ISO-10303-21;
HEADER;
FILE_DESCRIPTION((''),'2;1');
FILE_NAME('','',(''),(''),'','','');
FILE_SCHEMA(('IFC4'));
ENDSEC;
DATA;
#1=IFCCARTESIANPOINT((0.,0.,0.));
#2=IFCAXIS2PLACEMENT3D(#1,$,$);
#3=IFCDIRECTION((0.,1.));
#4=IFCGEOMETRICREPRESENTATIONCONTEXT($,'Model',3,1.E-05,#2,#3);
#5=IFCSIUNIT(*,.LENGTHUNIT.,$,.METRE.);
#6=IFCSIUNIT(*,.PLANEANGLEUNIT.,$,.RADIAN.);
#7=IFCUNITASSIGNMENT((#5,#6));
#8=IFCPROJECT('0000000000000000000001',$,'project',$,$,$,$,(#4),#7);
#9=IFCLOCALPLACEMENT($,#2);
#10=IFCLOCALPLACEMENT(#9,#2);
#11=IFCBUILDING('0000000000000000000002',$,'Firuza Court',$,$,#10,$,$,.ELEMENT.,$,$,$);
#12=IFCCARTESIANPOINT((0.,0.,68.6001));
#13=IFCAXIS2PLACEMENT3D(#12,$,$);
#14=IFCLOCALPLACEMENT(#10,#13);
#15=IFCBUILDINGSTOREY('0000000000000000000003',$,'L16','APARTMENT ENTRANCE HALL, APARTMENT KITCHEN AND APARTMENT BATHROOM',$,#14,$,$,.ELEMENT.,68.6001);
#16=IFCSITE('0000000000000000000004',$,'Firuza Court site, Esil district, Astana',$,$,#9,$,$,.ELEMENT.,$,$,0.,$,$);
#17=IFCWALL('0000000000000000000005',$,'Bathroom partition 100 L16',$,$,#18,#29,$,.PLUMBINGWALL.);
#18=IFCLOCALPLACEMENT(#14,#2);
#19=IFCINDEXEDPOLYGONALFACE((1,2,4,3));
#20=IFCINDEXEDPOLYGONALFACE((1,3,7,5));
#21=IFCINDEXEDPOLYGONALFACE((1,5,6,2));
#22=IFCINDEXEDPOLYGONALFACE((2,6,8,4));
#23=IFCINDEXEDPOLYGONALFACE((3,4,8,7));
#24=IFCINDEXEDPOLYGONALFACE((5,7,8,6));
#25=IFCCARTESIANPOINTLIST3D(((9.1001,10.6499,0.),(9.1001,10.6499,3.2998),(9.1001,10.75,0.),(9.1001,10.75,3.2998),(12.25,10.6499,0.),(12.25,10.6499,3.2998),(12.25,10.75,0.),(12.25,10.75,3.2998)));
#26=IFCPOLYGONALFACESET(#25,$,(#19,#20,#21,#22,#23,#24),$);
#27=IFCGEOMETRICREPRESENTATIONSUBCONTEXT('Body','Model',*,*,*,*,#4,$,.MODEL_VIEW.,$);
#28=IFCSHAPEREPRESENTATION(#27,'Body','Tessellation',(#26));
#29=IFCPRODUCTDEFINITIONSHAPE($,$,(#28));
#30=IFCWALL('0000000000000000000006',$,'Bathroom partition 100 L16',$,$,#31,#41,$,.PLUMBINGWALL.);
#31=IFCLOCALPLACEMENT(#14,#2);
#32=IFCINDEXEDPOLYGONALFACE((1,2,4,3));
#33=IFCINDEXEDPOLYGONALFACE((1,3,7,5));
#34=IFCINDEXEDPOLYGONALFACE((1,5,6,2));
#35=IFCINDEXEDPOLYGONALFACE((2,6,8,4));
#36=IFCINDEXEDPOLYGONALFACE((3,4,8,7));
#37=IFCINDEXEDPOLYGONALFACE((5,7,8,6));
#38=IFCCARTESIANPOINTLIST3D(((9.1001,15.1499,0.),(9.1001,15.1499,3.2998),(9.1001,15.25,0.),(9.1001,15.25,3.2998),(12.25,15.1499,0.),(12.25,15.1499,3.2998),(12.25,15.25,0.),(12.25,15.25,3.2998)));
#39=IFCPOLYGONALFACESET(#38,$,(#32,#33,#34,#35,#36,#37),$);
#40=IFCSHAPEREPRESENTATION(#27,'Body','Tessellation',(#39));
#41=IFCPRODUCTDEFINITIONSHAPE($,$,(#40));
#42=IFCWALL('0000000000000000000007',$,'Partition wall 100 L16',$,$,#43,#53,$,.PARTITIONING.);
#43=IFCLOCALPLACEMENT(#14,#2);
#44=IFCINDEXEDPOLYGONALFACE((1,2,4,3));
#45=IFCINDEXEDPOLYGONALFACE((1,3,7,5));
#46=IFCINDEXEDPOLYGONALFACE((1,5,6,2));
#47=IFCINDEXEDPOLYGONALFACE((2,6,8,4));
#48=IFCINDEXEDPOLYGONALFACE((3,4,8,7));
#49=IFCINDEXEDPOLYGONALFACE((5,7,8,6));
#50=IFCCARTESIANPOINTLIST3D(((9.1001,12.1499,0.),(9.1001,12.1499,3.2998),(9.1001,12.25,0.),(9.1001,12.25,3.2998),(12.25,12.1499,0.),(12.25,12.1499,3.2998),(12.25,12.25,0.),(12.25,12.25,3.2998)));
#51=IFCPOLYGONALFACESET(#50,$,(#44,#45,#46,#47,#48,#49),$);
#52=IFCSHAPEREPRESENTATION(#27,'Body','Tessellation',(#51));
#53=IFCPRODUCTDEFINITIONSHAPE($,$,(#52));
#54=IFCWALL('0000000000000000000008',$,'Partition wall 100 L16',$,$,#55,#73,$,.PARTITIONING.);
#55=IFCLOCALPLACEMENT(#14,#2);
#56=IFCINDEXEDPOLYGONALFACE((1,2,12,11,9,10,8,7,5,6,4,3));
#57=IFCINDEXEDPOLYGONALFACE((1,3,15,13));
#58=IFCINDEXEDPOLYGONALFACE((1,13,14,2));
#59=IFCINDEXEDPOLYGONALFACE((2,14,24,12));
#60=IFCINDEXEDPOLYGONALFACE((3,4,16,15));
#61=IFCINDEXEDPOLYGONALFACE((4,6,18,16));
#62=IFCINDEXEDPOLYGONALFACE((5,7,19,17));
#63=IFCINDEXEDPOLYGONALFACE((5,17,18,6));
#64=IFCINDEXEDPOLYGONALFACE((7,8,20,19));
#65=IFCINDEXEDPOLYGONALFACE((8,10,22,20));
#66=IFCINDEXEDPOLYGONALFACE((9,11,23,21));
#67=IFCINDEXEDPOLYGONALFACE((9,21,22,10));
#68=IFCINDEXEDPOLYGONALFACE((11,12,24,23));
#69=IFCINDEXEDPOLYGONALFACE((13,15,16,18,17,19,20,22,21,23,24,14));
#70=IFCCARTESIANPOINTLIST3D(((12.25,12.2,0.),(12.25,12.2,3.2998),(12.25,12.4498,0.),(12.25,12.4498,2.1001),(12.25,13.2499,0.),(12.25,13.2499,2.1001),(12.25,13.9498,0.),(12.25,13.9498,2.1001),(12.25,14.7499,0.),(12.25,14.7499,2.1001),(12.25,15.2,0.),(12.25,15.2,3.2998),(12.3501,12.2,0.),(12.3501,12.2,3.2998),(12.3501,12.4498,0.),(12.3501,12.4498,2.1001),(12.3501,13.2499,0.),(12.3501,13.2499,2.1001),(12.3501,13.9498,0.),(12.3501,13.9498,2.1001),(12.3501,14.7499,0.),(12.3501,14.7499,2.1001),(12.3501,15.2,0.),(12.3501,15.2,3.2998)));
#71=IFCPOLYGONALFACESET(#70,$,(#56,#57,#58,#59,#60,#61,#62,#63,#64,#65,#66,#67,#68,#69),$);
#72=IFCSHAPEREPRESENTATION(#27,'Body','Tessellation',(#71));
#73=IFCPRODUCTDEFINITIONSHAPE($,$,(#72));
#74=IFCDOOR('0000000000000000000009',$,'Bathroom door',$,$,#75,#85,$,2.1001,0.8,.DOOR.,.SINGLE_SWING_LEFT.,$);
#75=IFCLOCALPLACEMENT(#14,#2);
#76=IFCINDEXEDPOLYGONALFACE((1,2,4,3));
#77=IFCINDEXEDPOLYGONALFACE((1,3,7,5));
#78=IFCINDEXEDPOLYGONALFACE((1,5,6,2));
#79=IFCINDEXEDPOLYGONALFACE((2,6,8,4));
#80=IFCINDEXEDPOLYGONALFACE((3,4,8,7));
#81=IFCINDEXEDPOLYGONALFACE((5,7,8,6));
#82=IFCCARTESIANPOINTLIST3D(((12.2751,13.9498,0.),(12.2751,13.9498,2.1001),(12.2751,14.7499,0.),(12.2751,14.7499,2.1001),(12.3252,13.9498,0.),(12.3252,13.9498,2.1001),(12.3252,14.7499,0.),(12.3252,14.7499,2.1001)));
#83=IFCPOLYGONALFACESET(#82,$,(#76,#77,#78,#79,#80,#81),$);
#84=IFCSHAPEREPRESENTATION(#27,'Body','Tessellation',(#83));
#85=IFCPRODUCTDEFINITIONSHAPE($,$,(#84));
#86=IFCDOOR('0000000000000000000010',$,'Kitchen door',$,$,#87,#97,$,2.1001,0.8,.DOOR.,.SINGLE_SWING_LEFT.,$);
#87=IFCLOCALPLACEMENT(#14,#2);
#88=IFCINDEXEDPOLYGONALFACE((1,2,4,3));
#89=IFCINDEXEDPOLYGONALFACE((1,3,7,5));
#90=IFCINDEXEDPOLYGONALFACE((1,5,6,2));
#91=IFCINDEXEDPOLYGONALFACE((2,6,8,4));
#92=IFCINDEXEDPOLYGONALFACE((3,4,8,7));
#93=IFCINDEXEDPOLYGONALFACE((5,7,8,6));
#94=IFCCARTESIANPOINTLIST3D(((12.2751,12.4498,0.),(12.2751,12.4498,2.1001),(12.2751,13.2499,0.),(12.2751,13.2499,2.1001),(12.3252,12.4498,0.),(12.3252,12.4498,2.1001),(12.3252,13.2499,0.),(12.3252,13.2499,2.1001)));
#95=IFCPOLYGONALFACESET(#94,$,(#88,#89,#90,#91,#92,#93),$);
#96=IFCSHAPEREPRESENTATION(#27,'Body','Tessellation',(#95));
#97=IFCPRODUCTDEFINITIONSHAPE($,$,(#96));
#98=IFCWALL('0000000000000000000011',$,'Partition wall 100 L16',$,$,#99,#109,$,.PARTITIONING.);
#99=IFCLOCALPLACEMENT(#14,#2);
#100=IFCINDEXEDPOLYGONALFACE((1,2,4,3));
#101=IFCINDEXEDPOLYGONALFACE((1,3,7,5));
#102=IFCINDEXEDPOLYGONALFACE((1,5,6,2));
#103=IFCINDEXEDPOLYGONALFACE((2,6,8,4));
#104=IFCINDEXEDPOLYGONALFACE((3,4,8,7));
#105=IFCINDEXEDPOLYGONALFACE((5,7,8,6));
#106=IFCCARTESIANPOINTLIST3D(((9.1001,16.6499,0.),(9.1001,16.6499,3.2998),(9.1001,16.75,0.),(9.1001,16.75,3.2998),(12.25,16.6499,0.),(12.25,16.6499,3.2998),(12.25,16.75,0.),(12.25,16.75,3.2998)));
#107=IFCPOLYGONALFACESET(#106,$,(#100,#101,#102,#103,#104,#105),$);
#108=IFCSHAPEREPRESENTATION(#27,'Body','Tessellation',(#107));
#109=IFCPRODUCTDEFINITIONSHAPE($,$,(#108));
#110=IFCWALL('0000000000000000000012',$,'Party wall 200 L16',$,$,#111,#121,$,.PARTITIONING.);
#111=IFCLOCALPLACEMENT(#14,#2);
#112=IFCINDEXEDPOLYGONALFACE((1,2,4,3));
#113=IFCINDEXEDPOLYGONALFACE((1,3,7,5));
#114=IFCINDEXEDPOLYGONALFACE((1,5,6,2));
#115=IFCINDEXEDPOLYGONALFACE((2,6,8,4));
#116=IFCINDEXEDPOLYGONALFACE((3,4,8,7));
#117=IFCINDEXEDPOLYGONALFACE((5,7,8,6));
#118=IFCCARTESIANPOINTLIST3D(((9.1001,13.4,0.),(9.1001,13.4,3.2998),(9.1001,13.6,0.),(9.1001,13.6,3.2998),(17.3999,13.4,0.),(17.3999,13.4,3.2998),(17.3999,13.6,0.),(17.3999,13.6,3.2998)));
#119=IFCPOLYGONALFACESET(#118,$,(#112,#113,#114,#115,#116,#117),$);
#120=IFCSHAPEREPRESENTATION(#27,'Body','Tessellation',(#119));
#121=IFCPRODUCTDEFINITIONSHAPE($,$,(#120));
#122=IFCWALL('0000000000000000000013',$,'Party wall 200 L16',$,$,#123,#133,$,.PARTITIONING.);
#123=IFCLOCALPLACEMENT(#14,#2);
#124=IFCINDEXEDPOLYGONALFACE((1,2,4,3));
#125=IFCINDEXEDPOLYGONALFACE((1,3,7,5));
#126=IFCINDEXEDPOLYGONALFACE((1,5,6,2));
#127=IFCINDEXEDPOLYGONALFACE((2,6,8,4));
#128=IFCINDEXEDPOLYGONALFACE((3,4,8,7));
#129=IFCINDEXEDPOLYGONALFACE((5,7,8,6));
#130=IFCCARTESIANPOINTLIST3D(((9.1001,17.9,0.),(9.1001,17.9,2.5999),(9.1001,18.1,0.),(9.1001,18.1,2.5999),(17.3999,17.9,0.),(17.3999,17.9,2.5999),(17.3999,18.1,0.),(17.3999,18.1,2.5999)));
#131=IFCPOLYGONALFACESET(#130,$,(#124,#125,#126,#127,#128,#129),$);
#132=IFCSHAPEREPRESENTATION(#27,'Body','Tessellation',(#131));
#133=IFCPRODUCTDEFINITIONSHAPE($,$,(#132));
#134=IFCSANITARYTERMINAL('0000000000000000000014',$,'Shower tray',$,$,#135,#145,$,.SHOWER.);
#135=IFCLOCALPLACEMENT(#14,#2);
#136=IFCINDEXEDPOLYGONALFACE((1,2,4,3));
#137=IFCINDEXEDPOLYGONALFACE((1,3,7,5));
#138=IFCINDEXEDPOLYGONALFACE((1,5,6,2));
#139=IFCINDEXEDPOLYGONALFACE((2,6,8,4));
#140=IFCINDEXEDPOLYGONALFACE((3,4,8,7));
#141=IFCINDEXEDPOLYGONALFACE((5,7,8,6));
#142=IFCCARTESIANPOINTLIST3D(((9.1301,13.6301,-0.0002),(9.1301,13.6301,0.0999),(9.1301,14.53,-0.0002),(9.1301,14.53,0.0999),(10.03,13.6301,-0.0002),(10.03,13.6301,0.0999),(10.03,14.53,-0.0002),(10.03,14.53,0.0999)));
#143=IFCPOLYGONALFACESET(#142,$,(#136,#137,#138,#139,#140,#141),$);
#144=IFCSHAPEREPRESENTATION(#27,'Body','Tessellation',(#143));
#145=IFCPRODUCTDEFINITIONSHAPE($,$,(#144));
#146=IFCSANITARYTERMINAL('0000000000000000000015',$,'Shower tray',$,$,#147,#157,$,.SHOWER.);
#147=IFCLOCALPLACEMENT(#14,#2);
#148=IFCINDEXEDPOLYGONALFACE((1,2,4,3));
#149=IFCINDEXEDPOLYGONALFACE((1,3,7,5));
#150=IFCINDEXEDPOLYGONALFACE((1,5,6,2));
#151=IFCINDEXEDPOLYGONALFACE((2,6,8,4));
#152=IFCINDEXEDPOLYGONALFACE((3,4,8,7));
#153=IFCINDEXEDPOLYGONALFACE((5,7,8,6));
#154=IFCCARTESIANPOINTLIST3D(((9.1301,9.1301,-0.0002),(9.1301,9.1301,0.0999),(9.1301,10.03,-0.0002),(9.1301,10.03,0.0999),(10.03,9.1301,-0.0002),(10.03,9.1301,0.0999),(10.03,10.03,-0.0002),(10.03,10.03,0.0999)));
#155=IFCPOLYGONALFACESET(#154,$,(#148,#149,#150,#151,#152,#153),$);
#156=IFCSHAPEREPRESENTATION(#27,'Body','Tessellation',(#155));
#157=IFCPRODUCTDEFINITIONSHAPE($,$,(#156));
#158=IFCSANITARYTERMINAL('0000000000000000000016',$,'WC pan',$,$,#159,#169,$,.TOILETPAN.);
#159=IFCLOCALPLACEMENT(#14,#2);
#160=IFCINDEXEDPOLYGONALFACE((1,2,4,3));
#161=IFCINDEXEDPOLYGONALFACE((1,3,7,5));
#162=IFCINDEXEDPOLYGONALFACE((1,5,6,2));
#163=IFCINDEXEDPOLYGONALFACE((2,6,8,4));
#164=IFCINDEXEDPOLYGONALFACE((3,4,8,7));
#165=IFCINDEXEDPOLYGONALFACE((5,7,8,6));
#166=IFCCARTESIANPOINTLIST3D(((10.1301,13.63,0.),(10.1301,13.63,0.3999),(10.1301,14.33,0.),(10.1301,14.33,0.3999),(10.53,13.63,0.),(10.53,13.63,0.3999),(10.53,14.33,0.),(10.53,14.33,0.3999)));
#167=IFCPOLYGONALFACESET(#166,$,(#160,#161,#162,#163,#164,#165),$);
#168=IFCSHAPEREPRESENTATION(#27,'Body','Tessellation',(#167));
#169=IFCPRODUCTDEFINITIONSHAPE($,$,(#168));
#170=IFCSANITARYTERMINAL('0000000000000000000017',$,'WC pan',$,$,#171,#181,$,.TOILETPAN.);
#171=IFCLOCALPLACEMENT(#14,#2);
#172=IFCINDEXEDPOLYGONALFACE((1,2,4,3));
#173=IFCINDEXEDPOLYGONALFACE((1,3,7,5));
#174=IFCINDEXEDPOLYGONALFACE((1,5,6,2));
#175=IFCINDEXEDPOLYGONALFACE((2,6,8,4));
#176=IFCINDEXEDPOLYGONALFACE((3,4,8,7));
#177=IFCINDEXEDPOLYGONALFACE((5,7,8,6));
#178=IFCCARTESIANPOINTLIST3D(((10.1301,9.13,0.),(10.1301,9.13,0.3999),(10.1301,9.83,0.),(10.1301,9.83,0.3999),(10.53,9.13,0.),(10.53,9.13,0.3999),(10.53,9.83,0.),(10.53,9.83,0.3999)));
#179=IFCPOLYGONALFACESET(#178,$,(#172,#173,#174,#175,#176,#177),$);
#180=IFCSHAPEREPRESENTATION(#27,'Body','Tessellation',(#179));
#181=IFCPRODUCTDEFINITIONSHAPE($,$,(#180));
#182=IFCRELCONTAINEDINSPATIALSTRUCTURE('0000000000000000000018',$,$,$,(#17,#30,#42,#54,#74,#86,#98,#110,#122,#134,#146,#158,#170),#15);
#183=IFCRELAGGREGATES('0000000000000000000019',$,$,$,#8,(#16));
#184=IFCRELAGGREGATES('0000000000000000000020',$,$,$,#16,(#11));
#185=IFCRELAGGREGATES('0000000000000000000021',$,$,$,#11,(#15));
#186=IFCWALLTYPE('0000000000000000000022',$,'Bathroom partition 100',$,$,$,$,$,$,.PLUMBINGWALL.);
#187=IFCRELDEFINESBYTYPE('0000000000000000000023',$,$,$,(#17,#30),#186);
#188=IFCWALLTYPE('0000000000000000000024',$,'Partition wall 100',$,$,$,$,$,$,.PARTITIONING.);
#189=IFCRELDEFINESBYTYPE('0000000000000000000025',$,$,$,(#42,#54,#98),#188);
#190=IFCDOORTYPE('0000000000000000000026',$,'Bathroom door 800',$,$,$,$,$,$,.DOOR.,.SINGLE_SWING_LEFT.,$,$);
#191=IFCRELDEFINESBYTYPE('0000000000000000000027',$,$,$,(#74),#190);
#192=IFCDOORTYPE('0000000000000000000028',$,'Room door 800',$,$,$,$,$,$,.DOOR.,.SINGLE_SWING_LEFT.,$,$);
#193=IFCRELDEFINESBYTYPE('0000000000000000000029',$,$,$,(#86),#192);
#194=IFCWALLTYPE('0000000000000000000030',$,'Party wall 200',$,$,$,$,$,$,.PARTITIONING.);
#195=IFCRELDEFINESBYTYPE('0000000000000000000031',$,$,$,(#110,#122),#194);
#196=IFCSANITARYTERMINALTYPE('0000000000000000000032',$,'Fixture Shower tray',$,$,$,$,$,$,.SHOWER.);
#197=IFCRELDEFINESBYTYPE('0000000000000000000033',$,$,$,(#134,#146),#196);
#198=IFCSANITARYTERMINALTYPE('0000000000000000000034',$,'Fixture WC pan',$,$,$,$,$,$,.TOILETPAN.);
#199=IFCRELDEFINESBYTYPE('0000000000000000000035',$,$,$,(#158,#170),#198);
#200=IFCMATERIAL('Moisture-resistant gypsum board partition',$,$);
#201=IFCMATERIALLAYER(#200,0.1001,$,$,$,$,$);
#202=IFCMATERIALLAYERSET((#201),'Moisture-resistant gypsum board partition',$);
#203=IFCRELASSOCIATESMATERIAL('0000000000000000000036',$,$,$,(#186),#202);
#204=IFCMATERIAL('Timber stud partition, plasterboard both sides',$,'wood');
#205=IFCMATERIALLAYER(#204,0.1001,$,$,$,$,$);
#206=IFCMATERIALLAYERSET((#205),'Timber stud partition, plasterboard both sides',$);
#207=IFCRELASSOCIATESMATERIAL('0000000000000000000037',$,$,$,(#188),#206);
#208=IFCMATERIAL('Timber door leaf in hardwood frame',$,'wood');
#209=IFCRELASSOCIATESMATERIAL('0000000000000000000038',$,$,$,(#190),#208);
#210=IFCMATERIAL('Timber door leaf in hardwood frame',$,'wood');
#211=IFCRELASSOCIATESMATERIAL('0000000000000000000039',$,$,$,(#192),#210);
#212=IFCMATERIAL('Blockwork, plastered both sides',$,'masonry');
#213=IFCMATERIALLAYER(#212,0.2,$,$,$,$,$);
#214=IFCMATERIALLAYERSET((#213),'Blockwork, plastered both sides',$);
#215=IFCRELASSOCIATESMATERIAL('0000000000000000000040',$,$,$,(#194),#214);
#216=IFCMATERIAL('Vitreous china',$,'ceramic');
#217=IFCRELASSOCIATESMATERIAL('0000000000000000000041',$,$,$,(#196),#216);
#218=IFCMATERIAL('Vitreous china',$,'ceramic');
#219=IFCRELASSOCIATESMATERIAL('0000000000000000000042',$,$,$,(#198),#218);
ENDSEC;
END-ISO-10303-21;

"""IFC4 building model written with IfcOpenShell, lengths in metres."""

from ifc_helpers import new_model, si_unit, direction, frame, frame_2d, origin, origin_2d, place, context, subcontext, project, spatial, rectangle, extrude, material, layer, layer_set, type_object, element, fill, save


model = new_model("IFC4")

# Units and contexts
model_context = context("Model", 3, precision=1e-05, world=origin(), true_north=direction((0.0, 1.0)))
body_context = subcontext(model_context, "Body", "Model", "MODEL_VIEW")
ifc_project = project(units=[si_unit("LENGTHUNIT", "METRE"), si_unit("PLANEANGLEUNIT", "RADIAN")], contexts=[model_context])

# Site, building, storey
site_placement = place(None, origin())
site = spatial("IfcSite", under=ifc_project, at=site_placement, Name="Firuza Court site, Esil district, Astana", CompositionType="ELEMENT", RefElevation=0.0)
building_placement = place(site_placement, origin())
building = spatial("IfcBuilding", under=site, at=building_placement, Name="Firuza Court", CompositionType="ELEMENT")
storey_placement = place(building_placement, frame((0.0, 0.0, 68.6001)))
storey = spatial("IfcBuildingStorey", under=building, at=storey_placement, Name="L16", Description="APARTMENT ENTRANCE HALL, APARTMENT KITCHEN AND APARTMENT BATHROOM", CompositionType="ELEMENT", Elevation=68.6001)

# Walls
ifc_material_1 = material(Name="Moisture-resistant gypsum board partition")
ifc_layer_1 = layer(ifc_material_1, 0.1001)
ifc_layer_set_1 = layer_set([ifc_layer_1], Name="Moisture-resistant gypsum board partition")
wall_type_1 = type_object("IfcWallType", Name="Bathroom partition 100", PredefinedType="PLUMBINGWALL", material=ifc_layer_set_1)
for number, where, z_axis, x_axis, name in (
    (1, (9.1001, 10.7, 0.0), (0.0, 0.0, 1.0), (1.0, 0.0, 0.0), "Bathroom partition 100 L16"),
    (2, (9.1001, 15.2, 0.0), (0.0, 0.0, 1.0), (1.0, 0.0, 0.0), "Bathroom partition 100 L16"),
):
    element("IfcWall", number, at=place(storey_placement, frame(where, z_axis=z_axis, x_axis=x_axis)), inside=storey, type_object=wall_type_1, Name=name, PredefinedType="PLUMBINGWALL", context=body_context, shape_type="SweptSolid", body=[
        extrude(rectangle(XDim=3.1499, YDim=0.1001, at=frame_2d((1.575, 0.0))), origin(), (0.0, 0.0, 1.0), 3.2998),
    ])
ifc_material_2 = material(Name="Timber stud partition, plasterboard both sides", Category="wood")
ifc_layer_2 = layer(ifc_material_2, 0.1001)
ifc_layer_set_2 = layer_set([ifc_layer_2], Name="Timber stud partition, plasterboard both sides")
wall_type_2 = type_object("IfcWallType", Name="Partition wall 100", PredefinedType="PARTITIONING", material=ifc_layer_set_2)
wall_1_placement = place(storey_placement, frame((9.1001, 12.2, 0.0), z_axis=(0.0, 0.0, 1.0), x_axis=(1.0, 0.0, 0.0)))
element("IfcWall", 3, at=wall_1_placement, inside=storey, type_object=wall_type_2, Name="Partition wall 100 L16", PredefinedType="PARTITIONING", context=body_context, shape_type="SweptSolid", body=[
    extrude(rectangle(XDim=3.1499, YDim=0.1001, at=frame_2d((1.575, 0.0))), origin(), (0.0, 0.0, 1.0), 3.2998),
])

# Wall, openings, doors
wall_2_placement = place(storey_placement, frame((12.3, 12.2, 0.0), z_axis=(0.0, 0.0, 1.0), x_axis=(0.0, 1.0, 0.0)))
wall_2 = element("IfcWall", 4, at=wall_2_placement, inside=storey, type_object=wall_type_2, Name="Partition wall 100 L16", PredefinedType="PARTITIONING", context=body_context, shape_type="SweptSolid", body=[
    extrude(rectangle(XDim=3.0, YDim=0.1001, at=frame_2d((1.5, 0.0))), origin(), (0.0, 0.0, 1.0), 3.2998),
])
opening_1_placement = place(wall_2_placement, frame((1.75, 0.0, 0.0)))
opening_1 = element("IfcOpeningElement", 5, at=opening_1_placement, cuts=wall_2, PredefinedType="OPENING", context=body_context, shape_type="SweptSolid", body=[
    extrude(rectangle(XDim=0.8, YDim=2.1001, at=frame_2d((0.3999, 1.05))), frame((0.0, 0.062, 0.0), z_axis=(0.0, -1.0, 0.0), x_axis=(1.0, 0.0, 0.0)), (0.0, 0.0, 1.0), 0.124),
])
opening_2_placement = place(wall_2_placement, frame((0.25, 0.0, 0.0)))
opening_2 = element("IfcOpeningElement", 6, at=opening_2_placement, cuts=wall_2, PredefinedType="OPENING", context=body_context, shape_type="SweptSolid", body=[
    extrude(rectangle(XDim=0.8, YDim=2.1001, at=frame_2d((0.3999, 1.05))), frame((0.0, 0.062, 0.0), z_axis=(0.0, -1.0, 0.0), x_axis=(1.0, 0.0, 0.0)), (0.0, 0.0, 1.0), 0.124),
])
ifc_material_3 = material(Name="Timber door leaf in hardwood frame", Category="wood")
door_type_1 = type_object("IfcDoorType", Name="Bathroom door 800", OperationType="SINGLE_SWING_LEFT", PredefinedType="DOOR", material=ifc_material_3)
door_1_placement = place(opening_1_placement, origin())
door_1 = element("IfcDoor", 7, at=door_1_placement, inside=storey, type_object=door_type_1, Name="Bathroom door", OperationType="SINGLE_SWING_LEFT", OverallHeight=2.1001, OverallWidth=0.8, PredefinedType="DOOR", context=body_context, shape_type="SweptSolid", body=[
    extrude(rectangle(XDim=0.8, YDim=2.1001, at=frame_2d((0.3999, 1.05))), frame((0.0, 0.0249, 0.0), z_axis=(0.0, -1.0, 0.0), x_axis=(1.0, 0.0, 0.0)), (0.0, 0.0, 1.0), 0.05),
])
fill(opening_1, door_1)
ifc_material_4 = material(Name="Timber door leaf in hardwood frame", Category="wood")
door_type_2 = type_object("IfcDoorType", Name="Room door 800", OperationType="SINGLE_SWING_LEFT", PredefinedType="DOOR", material=ifc_material_4)
door_2_placement = place(opening_2_placement, origin())
door_2 = element("IfcDoor", 8, at=door_2_placement, inside=storey, type_object=door_type_2, Name="Kitchen door", OperationType="SINGLE_SWING_LEFT", OverallHeight=2.1001, OverallWidth=0.8, PredefinedType="DOOR", context=body_context, shape_type="SweptSolid", body=[
    extrude(rectangle(XDim=0.8, YDim=2.1001, at=frame_2d((0.3999, 1.05))), frame((0.0, 0.0249, 0.0), z_axis=(0.0, -1.0, 0.0), x_axis=(1.0, 0.0, 0.0)), (0.0, 0.0, 1.0), 0.05),
])
fill(opening_2, door_2)

# Walls
wall_3_placement = place(storey_placement, frame((9.1001, 16.7, 0.0), z_axis=(0.0, 0.0, 1.0), x_axis=(1.0, 0.0, 0.0)))
element("IfcWall", 9, at=wall_3_placement, inside=storey, type_object=wall_type_2, Name="Partition wall 100 L16", PredefinedType="PARTITIONING", context=body_context, shape_type="SweptSolid", body=[
    extrude(rectangle(XDim=3.1499, YDim=0.1001, at=frame_2d((1.575, 0.0))), origin(), (0.0, 0.0, 1.0), 3.2998),
])
ifc_material_5 = material(Name="Blockwork, plastered both sides", Category="masonry")
ifc_layer_3 = layer(ifc_material_5, 0.2)
ifc_layer_set_3 = layer_set([ifc_layer_3], Name="Blockwork, plastered both sides")
wall_type_3 = type_object("IfcWallType", Name="Party wall 200", PredefinedType="PARTITIONING", material=ifc_layer_set_3)
wall_4_placement = place(storey_placement, frame((9.1001, 13.5, 0.0), z_axis=(0.0, 0.0, 1.0), x_axis=(1.0, 0.0, 0.0)))
element("IfcWall", 10, at=wall_4_placement, inside=storey, type_object=wall_type_3, Name="Party wall 200 L16", PredefinedType="PARTITIONING", context=body_context, shape_type="SweptSolid", body=[
    extrude(rectangle(XDim=8.2998, YDim=0.2, at=frame_2d((4.1499, 0.0))), origin(), (0.0, 0.0, 1.0), 3.2998),
])
wall_5_placement = place(storey_placement, frame((9.1001, 18.0, 0.0), z_axis=(0.0, 0.0, 1.0), x_axis=(1.0, 0.0, 0.0)))
element("IfcWall", 11, at=wall_5_placement, inside=storey, type_object=wall_type_3, Name="Party wall 200 L16", PredefinedType="PARTITIONING", context=body_context, shape_type="SweptSolid", body=[
    extrude(rectangle(XDim=8.2998, YDim=0.2, at=frame_2d((4.1499, 0.0))), origin(), (0.0, 0.0, 1.0), 2.5999),
])

# Sanitary terminals
ifc_material_6 = material(Name="Vitreous china", Category="ceramic")
sanitary_terminal_type_1 = type_object("IfcSanitaryTerminalType", Name="Fixture Shower tray", PredefinedType="SHOWER", material=ifc_material_6)
for number, where, z_axis, x_axis, name in (
    (12, (9.5801, 14.0801, -0.0002), (0.0, 0.0, 1.0), (1.0, 0.0, 0.0), "Shower tray"),
    (13, (9.5801, 9.5801, -0.0002), (0.0, 0.0, 1.0), (1.0, 0.0, 0.0), "Shower tray"),
):
    element("IfcSanitaryTerminal", number, at=place(storey_placement, frame(where, z_axis=z_axis, x_axis=x_axis)), inside=storey, type_object=sanitary_terminal_type_1, Name=name, PredefinedType="SHOWER", context=body_context, shape_type="SweptSolid", body=[
        extrude(rectangle(XDim=0.8999, YDim=0.8999, at=origin_2d()), origin(), (0.0, 0.0, 1.0), 0.1001),
    ])
ifc_material_7 = material(Name="Vitreous china", Category="ceramic")
sanitary_terminal_type_2 = type_object("IfcSanitaryTerminalType", Name="Fixture WC pan", PredefinedType="TOILETPAN", material=ifc_material_7)
for number, where, z_axis, x_axis, name in (
    (14, (10.3301, 13.98, 0.0), (0.0, 0.0, 1.0), (1.0, 0.0, 0.0), "WC pan"),
    (15, (10.3301, 9.48, 0.0), (0.0, 0.0, 1.0), (1.0, 0.0, 0.0), "WC pan"),
):
    element("IfcSanitaryTerminal", number, at=place(storey_placement, frame(where, z_axis=z_axis, x_axis=x_axis)), inside=storey, type_object=sanitary_terminal_type_2, Name=name, PredefinedType="TOILETPAN", context=body_context, shape_type="SweptSolid", body=[
        extrude(rectangle(XDim=0.3999, YDim=0.7, at=origin_2d()), origin(), (0.0, 0.0, 1.0), 0.3999),
    ])

save(model, "model.ifc")
